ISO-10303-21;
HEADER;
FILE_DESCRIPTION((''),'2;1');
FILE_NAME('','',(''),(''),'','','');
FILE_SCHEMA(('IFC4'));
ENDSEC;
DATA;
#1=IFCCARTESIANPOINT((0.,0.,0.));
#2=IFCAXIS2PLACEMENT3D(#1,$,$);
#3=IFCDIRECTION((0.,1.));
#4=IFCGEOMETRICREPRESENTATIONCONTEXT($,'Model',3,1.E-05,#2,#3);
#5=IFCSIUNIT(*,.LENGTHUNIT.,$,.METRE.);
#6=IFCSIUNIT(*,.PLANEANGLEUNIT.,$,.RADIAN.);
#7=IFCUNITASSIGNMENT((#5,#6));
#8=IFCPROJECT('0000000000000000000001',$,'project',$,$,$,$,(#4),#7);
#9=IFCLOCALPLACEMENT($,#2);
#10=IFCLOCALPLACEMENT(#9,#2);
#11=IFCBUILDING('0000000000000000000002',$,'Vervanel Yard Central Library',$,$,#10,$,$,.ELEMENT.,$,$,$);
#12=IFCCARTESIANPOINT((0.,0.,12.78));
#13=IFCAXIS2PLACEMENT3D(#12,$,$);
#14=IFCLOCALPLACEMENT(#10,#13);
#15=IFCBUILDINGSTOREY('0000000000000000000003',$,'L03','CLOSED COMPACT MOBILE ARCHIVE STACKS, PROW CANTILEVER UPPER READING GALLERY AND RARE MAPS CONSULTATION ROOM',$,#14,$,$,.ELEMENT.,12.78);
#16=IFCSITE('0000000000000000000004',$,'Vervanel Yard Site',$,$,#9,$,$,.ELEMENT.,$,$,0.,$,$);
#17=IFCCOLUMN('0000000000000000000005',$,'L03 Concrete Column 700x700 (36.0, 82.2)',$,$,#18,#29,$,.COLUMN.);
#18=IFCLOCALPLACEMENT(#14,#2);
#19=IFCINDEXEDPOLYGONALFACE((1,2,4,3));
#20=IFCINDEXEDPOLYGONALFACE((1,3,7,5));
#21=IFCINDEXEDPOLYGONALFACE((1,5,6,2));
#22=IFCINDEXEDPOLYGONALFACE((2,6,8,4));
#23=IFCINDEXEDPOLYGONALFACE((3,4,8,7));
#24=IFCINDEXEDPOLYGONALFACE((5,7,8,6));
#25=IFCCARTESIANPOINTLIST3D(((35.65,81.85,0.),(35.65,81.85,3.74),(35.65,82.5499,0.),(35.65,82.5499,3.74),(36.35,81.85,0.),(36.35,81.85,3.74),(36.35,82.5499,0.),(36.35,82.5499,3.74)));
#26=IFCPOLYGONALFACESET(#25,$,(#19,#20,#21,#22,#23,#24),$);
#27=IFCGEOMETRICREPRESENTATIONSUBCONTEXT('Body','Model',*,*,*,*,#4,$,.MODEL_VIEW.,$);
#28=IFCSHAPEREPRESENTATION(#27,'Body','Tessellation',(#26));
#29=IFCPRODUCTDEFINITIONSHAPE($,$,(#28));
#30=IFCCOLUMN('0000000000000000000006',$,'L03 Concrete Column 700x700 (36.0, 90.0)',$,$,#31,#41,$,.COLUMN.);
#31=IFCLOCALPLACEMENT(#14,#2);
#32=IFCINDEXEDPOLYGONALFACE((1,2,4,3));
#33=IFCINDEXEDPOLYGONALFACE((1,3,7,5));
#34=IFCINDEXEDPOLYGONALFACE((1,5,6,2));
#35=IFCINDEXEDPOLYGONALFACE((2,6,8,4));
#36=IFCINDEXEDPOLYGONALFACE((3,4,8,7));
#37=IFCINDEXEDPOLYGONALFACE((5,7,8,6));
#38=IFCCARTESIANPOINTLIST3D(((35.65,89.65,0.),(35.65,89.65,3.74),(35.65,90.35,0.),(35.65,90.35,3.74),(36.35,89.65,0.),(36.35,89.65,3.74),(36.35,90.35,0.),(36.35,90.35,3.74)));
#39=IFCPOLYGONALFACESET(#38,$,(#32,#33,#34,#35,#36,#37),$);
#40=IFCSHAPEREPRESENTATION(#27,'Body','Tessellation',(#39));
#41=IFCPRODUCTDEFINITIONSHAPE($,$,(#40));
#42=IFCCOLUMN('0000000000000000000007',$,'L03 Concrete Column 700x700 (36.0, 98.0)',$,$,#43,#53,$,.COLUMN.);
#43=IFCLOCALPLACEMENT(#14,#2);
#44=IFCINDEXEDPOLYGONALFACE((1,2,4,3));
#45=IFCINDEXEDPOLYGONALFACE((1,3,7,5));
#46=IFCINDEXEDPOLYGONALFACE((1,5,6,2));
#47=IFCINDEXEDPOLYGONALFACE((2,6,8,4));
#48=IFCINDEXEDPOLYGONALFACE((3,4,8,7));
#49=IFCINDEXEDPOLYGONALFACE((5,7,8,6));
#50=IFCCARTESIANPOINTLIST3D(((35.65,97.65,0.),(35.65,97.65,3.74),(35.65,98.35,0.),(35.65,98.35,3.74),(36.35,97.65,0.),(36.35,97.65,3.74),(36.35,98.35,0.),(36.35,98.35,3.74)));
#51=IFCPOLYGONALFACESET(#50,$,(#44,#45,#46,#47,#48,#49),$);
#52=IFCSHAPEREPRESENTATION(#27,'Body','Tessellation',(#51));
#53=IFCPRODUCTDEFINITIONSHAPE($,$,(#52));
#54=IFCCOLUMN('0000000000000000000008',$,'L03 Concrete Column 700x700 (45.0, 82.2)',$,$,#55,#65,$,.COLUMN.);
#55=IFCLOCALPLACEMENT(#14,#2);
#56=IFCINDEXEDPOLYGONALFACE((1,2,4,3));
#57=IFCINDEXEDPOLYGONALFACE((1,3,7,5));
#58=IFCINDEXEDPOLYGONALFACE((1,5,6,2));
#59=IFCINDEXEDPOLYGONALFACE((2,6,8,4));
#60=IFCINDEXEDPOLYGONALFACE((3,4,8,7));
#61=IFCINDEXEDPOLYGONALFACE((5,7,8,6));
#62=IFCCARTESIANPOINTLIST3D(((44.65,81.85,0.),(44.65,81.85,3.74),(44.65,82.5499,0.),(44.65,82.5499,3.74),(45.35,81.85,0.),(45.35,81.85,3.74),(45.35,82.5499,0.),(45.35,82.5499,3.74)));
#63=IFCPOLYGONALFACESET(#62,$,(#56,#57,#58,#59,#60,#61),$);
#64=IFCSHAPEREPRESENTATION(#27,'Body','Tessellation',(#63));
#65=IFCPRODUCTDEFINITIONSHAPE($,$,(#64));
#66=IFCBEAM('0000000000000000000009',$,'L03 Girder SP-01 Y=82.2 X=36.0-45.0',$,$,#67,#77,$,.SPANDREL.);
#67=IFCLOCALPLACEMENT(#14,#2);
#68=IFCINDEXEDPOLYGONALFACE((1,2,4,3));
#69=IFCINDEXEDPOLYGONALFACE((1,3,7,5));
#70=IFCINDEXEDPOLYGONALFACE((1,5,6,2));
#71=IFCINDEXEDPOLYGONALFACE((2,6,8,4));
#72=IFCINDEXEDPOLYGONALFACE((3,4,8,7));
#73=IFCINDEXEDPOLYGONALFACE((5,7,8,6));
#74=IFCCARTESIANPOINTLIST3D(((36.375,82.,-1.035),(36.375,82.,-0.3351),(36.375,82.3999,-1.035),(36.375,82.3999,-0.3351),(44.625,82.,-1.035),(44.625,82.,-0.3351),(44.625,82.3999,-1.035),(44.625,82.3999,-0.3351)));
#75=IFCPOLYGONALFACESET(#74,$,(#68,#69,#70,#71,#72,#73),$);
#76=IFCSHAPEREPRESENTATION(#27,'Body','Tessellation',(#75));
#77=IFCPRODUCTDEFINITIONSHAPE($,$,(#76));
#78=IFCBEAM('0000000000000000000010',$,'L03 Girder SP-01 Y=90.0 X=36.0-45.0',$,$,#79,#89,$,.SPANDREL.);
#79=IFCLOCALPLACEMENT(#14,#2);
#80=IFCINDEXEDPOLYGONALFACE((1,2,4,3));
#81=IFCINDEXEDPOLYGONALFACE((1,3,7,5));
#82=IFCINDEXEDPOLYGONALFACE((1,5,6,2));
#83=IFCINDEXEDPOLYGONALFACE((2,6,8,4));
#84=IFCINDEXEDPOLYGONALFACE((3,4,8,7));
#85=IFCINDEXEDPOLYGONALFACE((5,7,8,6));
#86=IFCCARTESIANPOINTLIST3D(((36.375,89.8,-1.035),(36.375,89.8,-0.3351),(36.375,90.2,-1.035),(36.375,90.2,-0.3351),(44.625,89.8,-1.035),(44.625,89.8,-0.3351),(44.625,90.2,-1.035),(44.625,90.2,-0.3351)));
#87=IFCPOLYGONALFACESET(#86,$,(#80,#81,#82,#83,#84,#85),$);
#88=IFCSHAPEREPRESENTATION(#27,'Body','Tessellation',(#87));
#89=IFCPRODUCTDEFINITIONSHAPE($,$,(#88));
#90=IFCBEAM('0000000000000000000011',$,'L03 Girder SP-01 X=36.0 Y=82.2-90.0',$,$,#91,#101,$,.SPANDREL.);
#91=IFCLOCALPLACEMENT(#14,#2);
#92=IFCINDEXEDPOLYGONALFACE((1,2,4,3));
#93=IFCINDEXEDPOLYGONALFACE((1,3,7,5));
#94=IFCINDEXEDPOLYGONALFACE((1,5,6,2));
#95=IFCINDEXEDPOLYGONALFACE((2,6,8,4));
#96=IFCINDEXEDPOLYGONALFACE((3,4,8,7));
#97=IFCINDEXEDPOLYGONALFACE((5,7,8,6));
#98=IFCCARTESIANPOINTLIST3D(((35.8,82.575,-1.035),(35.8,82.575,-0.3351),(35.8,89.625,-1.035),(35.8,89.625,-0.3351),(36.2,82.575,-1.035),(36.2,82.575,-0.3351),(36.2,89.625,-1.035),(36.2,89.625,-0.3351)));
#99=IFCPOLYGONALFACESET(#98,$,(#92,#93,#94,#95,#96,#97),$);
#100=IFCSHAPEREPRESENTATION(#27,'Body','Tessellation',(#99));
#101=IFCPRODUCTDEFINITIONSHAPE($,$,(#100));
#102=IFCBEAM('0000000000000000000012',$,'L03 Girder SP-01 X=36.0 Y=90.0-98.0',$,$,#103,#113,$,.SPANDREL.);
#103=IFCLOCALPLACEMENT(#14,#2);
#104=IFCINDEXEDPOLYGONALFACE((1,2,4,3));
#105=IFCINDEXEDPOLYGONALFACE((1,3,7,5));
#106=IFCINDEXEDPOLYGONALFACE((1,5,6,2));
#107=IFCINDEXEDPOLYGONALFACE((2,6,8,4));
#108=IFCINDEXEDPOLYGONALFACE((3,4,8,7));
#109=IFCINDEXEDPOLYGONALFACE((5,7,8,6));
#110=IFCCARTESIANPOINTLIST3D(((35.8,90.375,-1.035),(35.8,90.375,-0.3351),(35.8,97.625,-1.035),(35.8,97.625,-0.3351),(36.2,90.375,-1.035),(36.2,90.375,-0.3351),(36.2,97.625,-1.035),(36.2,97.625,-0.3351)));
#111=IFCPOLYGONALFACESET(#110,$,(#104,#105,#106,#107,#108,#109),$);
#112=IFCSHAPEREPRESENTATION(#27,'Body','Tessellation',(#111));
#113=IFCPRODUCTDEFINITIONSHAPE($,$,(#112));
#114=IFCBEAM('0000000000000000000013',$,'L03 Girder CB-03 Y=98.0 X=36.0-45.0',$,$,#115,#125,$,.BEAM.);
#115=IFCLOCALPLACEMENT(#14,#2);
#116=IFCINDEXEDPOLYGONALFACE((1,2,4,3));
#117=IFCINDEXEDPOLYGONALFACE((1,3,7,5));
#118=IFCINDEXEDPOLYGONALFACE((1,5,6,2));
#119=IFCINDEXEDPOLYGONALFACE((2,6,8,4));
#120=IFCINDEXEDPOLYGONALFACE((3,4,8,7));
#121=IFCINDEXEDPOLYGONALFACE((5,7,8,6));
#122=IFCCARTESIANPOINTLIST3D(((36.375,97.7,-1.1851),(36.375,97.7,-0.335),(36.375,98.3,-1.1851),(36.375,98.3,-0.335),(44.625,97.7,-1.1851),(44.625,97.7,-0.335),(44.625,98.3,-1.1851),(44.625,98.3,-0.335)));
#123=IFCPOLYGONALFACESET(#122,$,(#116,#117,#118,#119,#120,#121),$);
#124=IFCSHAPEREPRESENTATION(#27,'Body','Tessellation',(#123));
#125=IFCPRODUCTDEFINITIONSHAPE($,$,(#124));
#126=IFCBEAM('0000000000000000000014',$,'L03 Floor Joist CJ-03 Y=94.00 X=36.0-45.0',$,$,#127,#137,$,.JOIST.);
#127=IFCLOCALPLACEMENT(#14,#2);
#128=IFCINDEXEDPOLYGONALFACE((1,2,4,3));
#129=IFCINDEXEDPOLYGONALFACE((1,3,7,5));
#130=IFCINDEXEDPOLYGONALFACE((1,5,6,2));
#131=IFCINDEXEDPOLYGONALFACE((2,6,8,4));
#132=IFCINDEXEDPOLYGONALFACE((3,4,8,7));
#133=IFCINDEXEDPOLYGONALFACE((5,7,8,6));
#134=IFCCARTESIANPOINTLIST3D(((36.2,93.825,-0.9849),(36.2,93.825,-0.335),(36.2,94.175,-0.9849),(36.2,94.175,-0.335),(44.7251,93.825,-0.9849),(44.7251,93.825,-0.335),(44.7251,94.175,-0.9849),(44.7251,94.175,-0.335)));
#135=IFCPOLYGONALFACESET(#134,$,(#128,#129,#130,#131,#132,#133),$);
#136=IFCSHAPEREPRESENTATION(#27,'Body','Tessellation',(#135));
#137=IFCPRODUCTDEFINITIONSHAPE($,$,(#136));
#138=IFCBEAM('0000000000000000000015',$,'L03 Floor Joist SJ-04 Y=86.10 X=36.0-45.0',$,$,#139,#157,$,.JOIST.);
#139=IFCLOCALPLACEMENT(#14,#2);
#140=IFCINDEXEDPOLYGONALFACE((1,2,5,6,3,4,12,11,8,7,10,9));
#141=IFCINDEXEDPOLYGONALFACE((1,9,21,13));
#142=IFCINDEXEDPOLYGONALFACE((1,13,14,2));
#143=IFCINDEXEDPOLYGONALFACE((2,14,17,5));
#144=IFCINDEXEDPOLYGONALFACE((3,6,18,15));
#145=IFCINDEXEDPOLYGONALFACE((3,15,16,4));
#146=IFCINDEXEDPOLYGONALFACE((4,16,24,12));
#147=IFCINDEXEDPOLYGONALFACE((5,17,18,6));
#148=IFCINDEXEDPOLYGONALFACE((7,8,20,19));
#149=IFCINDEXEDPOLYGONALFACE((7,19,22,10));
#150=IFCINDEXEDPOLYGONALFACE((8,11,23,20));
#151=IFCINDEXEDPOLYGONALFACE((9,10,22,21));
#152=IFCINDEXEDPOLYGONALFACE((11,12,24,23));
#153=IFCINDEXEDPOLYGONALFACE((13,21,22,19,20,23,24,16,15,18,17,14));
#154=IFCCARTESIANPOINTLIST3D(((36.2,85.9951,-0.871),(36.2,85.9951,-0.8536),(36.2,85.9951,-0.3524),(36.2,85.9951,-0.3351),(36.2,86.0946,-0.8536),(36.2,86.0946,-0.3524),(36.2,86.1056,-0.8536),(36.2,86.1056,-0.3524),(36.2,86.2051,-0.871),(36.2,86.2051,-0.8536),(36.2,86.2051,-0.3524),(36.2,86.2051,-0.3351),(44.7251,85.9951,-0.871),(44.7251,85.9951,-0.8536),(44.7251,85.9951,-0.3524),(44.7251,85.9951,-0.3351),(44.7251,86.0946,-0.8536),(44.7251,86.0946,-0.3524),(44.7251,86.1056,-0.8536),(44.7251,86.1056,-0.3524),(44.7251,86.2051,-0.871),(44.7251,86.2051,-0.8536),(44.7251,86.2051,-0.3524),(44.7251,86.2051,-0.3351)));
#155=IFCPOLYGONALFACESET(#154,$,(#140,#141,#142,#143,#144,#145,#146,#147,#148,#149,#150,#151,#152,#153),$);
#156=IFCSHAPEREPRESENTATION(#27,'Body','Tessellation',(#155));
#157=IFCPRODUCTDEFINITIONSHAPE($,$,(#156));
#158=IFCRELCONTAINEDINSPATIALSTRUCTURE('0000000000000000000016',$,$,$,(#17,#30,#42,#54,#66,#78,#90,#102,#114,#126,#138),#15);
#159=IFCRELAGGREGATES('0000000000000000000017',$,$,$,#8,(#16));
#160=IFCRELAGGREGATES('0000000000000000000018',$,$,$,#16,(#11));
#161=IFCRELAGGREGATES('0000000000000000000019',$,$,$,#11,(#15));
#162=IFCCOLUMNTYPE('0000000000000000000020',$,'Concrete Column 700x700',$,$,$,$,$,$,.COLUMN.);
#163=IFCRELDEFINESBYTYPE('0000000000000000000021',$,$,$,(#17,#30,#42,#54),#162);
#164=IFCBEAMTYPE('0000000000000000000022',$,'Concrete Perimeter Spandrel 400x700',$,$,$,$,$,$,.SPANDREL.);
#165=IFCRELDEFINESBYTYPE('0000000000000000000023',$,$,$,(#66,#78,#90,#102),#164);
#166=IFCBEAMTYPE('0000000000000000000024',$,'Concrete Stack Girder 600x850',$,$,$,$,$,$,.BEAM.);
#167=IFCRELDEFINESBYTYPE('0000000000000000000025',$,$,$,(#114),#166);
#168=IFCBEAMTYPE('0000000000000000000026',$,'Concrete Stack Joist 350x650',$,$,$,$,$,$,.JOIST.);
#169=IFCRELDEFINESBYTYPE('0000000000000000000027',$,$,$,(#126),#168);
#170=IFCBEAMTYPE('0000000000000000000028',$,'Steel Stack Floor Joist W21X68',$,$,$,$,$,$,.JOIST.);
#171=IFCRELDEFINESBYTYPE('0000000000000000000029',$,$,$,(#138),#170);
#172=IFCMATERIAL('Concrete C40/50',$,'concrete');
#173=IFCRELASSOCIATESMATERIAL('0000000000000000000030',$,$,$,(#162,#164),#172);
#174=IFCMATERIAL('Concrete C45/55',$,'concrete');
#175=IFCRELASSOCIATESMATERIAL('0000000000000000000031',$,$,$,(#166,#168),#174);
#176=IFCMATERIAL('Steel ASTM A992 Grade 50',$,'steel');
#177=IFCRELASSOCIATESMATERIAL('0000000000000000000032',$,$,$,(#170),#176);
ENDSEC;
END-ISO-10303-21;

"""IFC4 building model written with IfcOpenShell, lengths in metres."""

from ifc_helpers import new_model, si_unit, direction, frame, origin, origin_2d, place, context, subcontext, project, spatial, rectangle, i_section, extrude, material, material_profile, profile_set, type_object, element, save


model = new_model("IFC4")

# Units and contexts
model_context = context("Model", 3, precision=1e-05, world=origin(), true_north=direction((0.0, 1.0)))
body_context = subcontext(model_context, "Body", "Model", "MODEL_VIEW")
ifc_project = project(units=[si_unit("LENGTHUNIT", "METRE"), si_unit("PLANEANGLEUNIT", "RADIAN")], contexts=[model_context])

# Site, building, storey
site_placement = place(None, origin())
site = spatial("IfcSite", under=ifc_project, at=site_placement, Name="Vervanel Yard Site", CompositionType="ELEMENT", RefElevation=0.0)
building_placement = place(site_placement, origin())
building = spatial("IfcBuilding", under=site, at=building_placement, Name="Vervanel Yard Central Library", CompositionType="ELEMENT")
storey_placement = place(building_placement, frame((0.0, 0.0, 12.78)))
storey = spatial("IfcBuildingStorey", under=building, at=storey_placement, Name="L03", Description="CLOSED COMPACT MOBILE ARCHIVE STACKS, PROW CANTILEVER UPPER READING GALLERY AND RARE MAPS CONSULTATION ROOM", CompositionType="ELEMENT", Elevation=12.78)

# Columns
ifc_material_1 = material(Name="Concrete C40/50", Category="concrete")
ifc_material_profile_1 = material_profile(ifc_material_1, rectangle(XDim=0.7, YDim=0.7, at=origin_2d()), Name="RC 700x700", Category="concrete")
ifc_profile_set_1 = profile_set([ifc_material_profile_1], Name="Concrete C40/50")
column_type = type_object("IfcColumnType", Name="Concrete Column 700x700", PredefinedType="COLUMN", material=ifc_profile_set_1)
for number, where, z_axis, x_axis, name in (
    (1, (36.0, 82.2, 0.0), (0.0, 0.0, 1.0), (1.0, 0.0, 0.0), "L03 Concrete Column 700x700 (36.0, 82.2)"),
    (2, (36.0, 90.0, 0.0), (0.0, 0.0, 1.0), (1.0, 0.0, 0.0), "L03 Concrete Column 700x700 (36.0, 90.0)"),
    (3, (36.0, 98.0, 0.0), (0.0, 0.0, 1.0), (1.0, 0.0, 0.0), "L03 Concrete Column 700x700 (36.0, 98.0)"),
    (4, (45.0, 82.2, 0.0), (0.0, 0.0, 1.0), (1.0, 0.0, 0.0), "L03 Concrete Column 700x700 (45.0, 82.2)"),
):
    element("IfcColumn", number, at=place(storey_placement, frame(where, z_axis=z_axis, x_axis=x_axis)), inside=storey, type_object=column_type, Name=name, PredefinedType="COLUMN", context=body_context, shape_type="SweptSolid", body=[
        extrude(rectangle(XDim=0.7, YDim=0.7, at=origin_2d()), origin(), (0.0, 0.0, 1.0), 3.74),
    ])

# Beams
ifc_material_profile_2 = material_profile(ifc_material_1, rectangle(XDim=0.3999, YDim=0.7, at=origin_2d()), Name="RC 400x700", Category="concrete")
ifc_profile_set_2 = profile_set([ifc_material_profile_2], Name="Concrete C40/50")
beam_type_1 = type_object("IfcBeamType", Name="Concrete Perimeter Spandrel 400x700", PredefinedType="SPANDREL", material=ifc_profile_set_2)
for number, where, z_axis, x_axis, name in (
    (5, (36.375, 82.2, -0.6851), (1.0, 0.0, 0.0), (0.0, 1.0, 0.0), "L03 Girder SP-01 Y=82.2 X=36.0-45.0"),
    (6, (36.375, 90.0, -0.6851), (1.0, 0.0, 0.0), (0.0, 1.0, 0.0), "L03 Girder SP-01 Y=90.0 X=36.0-45.0"),
):
    element("IfcBeam", number, at=place(storey_placement, frame(where, z_axis=z_axis, x_axis=x_axis)), inside=storey, type_object=beam_type_1, Name=name, PredefinedType="SPANDREL", context=body_context, shape_type="SweptSolid", body=[
        extrude(rectangle(XDim=0.3999, YDim=0.7, at=origin_2d()), origin(), (0.0, 0.0, 1.0), 8.25),
    ])
beam_1_placement = place(storey_placement, frame((36.0, 82.575, -0.6851), z_axis=(0.0, 1.0, 0.0), x_axis=(-1.0, 0.0, 0.0)))
element("IfcBeam", 7, at=beam_1_placement, inside=storey, type_object=beam_type_1, Name="L03 Girder SP-01 X=36.0 Y=82.2-90.0", PredefinedType="SPANDREL", context=body_context, shape_type="SweptSolid", body=[
    extrude(rectangle(XDim=0.3999, YDim=0.7, at=origin_2d()), origin(), (0.0, 0.0, 1.0), 7.05),
])
beam_2_placement = place(storey_placement, frame((36.0, 90.375, -0.6851), z_axis=(0.0, 1.0, 0.0), x_axis=(-1.0, 0.0, 0.0)))
element("IfcBeam", 8, at=beam_2_placement, inside=storey, type_object=beam_type_1, Name="L03 Girder SP-01 X=36.0 Y=90.0-98.0", PredefinedType="SPANDREL", context=body_context, shape_type="SweptSolid", body=[
    extrude(rectangle(XDim=0.3999, YDim=0.7, at=origin_2d()), origin(), (0.0, 0.0, 1.0), 7.25),
])
ifc_material_2 = material(Name="Concrete C45/55", Category="concrete")
ifc_material_profile_3 = material_profile(ifc_material_2, rectangle(XDim=0.6001, YDim=0.8501, at=origin_2d()), Name="RC 600x850", Category="concrete")
ifc_profile_set_3 = profile_set([ifc_material_profile_3], Name="Concrete C45/55")
beam_type_2 = type_object("IfcBeamType", Name="Concrete Stack Girder 600x850", PredefinedType="BEAM", material=ifc_profile_set_3)
beam_3_placement = place(storey_placement, frame((36.375, 98.0, -0.76), z_axis=(1.0, 0.0, 0.0), x_axis=(0.0, 1.0, 0.0)))
element("IfcBeam", 9, at=beam_3_placement, inside=storey, type_object=beam_type_2, Name="L03 Girder CB-03 Y=98.0 X=36.0-45.0", PredefinedType="BEAM", context=body_context, shape_type="SweptSolid", body=[
    extrude(rectangle(XDim=0.6001, YDim=0.8501, at=origin_2d()), origin(), (0.0, 0.0, 1.0), 8.25),
])
ifc_material_profile_4 = material_profile(ifc_material_2, rectangle(XDim=0.3501, YDim=0.6499, at=origin_2d()), Name="RC 350x650", Category="concrete")
ifc_profile_set_4 = profile_set([ifc_material_profile_4], Name="Concrete C45/55")
beam_type_3 = type_object("IfcBeamType", Name="Concrete Stack Joist 350x650", PredefinedType="JOIST", material=ifc_profile_set_4)
beam_4_placement = place(storey_placement, frame((36.2, 94.0, -0.6599), z_axis=(1.0, 0.0, 0.0), x_axis=(0.0, 1.0, 0.0)))
element("IfcBeam", 10, at=beam_4_placement, inside=storey, type_object=beam_type_3, Name="L03 Floor Joist CJ-03 Y=94.00 X=36.0-45.0", PredefinedType="JOIST", context=body_context, shape_type="SweptSolid", body=[
    extrude(rectangle(XDim=0.3501, YDim=0.6499, at=origin_2d()), origin(), (0.0, 0.0, 1.0), 8.5251),
])
ifc_material_3 = material(Name="Steel ASTM A992 Grade 50", Category="steel")
ifc_material_profile_5 = material_profile(ifc_material_3, i_section(OverallWidth=0.21, OverallDepth=0.5359, WebThickness=0.011, FlangeThickness=0.0173, at=origin_2d()), Name="W21X68", Category="steel")
ifc_profile_set_5 = profile_set([ifc_material_profile_5], Name="Steel ASTM A992 Grade 50")
beam_type_4 = type_object("IfcBeamType", Name="Steel Stack Floor Joist W21X68", PredefinedType="JOIST", material=ifc_profile_set_5)
beam_5_placement = place(storey_placement, frame((36.2, 86.1001, -0.603), z_axis=(1.0, 0.0, 0.0), x_axis=(0.0, 1.0, 0.0)))
element("IfcBeam", 11, at=beam_5_placement, inside=storey, type_object=beam_type_4, Name="L03 Floor Joist SJ-04 Y=86.10 X=36.0-45.0", PredefinedType="JOIST", context=body_context, shape_type="SweptSolid", body=[
    extrude(i_section(OverallWidth=0.21, OverallDepth=0.5359, WebThickness=0.011, FlangeThickness=0.0173, at=origin_2d()), origin(), (0.0, 0.0, 1.0), 8.5251),
])

save(model, "model.ifc")
